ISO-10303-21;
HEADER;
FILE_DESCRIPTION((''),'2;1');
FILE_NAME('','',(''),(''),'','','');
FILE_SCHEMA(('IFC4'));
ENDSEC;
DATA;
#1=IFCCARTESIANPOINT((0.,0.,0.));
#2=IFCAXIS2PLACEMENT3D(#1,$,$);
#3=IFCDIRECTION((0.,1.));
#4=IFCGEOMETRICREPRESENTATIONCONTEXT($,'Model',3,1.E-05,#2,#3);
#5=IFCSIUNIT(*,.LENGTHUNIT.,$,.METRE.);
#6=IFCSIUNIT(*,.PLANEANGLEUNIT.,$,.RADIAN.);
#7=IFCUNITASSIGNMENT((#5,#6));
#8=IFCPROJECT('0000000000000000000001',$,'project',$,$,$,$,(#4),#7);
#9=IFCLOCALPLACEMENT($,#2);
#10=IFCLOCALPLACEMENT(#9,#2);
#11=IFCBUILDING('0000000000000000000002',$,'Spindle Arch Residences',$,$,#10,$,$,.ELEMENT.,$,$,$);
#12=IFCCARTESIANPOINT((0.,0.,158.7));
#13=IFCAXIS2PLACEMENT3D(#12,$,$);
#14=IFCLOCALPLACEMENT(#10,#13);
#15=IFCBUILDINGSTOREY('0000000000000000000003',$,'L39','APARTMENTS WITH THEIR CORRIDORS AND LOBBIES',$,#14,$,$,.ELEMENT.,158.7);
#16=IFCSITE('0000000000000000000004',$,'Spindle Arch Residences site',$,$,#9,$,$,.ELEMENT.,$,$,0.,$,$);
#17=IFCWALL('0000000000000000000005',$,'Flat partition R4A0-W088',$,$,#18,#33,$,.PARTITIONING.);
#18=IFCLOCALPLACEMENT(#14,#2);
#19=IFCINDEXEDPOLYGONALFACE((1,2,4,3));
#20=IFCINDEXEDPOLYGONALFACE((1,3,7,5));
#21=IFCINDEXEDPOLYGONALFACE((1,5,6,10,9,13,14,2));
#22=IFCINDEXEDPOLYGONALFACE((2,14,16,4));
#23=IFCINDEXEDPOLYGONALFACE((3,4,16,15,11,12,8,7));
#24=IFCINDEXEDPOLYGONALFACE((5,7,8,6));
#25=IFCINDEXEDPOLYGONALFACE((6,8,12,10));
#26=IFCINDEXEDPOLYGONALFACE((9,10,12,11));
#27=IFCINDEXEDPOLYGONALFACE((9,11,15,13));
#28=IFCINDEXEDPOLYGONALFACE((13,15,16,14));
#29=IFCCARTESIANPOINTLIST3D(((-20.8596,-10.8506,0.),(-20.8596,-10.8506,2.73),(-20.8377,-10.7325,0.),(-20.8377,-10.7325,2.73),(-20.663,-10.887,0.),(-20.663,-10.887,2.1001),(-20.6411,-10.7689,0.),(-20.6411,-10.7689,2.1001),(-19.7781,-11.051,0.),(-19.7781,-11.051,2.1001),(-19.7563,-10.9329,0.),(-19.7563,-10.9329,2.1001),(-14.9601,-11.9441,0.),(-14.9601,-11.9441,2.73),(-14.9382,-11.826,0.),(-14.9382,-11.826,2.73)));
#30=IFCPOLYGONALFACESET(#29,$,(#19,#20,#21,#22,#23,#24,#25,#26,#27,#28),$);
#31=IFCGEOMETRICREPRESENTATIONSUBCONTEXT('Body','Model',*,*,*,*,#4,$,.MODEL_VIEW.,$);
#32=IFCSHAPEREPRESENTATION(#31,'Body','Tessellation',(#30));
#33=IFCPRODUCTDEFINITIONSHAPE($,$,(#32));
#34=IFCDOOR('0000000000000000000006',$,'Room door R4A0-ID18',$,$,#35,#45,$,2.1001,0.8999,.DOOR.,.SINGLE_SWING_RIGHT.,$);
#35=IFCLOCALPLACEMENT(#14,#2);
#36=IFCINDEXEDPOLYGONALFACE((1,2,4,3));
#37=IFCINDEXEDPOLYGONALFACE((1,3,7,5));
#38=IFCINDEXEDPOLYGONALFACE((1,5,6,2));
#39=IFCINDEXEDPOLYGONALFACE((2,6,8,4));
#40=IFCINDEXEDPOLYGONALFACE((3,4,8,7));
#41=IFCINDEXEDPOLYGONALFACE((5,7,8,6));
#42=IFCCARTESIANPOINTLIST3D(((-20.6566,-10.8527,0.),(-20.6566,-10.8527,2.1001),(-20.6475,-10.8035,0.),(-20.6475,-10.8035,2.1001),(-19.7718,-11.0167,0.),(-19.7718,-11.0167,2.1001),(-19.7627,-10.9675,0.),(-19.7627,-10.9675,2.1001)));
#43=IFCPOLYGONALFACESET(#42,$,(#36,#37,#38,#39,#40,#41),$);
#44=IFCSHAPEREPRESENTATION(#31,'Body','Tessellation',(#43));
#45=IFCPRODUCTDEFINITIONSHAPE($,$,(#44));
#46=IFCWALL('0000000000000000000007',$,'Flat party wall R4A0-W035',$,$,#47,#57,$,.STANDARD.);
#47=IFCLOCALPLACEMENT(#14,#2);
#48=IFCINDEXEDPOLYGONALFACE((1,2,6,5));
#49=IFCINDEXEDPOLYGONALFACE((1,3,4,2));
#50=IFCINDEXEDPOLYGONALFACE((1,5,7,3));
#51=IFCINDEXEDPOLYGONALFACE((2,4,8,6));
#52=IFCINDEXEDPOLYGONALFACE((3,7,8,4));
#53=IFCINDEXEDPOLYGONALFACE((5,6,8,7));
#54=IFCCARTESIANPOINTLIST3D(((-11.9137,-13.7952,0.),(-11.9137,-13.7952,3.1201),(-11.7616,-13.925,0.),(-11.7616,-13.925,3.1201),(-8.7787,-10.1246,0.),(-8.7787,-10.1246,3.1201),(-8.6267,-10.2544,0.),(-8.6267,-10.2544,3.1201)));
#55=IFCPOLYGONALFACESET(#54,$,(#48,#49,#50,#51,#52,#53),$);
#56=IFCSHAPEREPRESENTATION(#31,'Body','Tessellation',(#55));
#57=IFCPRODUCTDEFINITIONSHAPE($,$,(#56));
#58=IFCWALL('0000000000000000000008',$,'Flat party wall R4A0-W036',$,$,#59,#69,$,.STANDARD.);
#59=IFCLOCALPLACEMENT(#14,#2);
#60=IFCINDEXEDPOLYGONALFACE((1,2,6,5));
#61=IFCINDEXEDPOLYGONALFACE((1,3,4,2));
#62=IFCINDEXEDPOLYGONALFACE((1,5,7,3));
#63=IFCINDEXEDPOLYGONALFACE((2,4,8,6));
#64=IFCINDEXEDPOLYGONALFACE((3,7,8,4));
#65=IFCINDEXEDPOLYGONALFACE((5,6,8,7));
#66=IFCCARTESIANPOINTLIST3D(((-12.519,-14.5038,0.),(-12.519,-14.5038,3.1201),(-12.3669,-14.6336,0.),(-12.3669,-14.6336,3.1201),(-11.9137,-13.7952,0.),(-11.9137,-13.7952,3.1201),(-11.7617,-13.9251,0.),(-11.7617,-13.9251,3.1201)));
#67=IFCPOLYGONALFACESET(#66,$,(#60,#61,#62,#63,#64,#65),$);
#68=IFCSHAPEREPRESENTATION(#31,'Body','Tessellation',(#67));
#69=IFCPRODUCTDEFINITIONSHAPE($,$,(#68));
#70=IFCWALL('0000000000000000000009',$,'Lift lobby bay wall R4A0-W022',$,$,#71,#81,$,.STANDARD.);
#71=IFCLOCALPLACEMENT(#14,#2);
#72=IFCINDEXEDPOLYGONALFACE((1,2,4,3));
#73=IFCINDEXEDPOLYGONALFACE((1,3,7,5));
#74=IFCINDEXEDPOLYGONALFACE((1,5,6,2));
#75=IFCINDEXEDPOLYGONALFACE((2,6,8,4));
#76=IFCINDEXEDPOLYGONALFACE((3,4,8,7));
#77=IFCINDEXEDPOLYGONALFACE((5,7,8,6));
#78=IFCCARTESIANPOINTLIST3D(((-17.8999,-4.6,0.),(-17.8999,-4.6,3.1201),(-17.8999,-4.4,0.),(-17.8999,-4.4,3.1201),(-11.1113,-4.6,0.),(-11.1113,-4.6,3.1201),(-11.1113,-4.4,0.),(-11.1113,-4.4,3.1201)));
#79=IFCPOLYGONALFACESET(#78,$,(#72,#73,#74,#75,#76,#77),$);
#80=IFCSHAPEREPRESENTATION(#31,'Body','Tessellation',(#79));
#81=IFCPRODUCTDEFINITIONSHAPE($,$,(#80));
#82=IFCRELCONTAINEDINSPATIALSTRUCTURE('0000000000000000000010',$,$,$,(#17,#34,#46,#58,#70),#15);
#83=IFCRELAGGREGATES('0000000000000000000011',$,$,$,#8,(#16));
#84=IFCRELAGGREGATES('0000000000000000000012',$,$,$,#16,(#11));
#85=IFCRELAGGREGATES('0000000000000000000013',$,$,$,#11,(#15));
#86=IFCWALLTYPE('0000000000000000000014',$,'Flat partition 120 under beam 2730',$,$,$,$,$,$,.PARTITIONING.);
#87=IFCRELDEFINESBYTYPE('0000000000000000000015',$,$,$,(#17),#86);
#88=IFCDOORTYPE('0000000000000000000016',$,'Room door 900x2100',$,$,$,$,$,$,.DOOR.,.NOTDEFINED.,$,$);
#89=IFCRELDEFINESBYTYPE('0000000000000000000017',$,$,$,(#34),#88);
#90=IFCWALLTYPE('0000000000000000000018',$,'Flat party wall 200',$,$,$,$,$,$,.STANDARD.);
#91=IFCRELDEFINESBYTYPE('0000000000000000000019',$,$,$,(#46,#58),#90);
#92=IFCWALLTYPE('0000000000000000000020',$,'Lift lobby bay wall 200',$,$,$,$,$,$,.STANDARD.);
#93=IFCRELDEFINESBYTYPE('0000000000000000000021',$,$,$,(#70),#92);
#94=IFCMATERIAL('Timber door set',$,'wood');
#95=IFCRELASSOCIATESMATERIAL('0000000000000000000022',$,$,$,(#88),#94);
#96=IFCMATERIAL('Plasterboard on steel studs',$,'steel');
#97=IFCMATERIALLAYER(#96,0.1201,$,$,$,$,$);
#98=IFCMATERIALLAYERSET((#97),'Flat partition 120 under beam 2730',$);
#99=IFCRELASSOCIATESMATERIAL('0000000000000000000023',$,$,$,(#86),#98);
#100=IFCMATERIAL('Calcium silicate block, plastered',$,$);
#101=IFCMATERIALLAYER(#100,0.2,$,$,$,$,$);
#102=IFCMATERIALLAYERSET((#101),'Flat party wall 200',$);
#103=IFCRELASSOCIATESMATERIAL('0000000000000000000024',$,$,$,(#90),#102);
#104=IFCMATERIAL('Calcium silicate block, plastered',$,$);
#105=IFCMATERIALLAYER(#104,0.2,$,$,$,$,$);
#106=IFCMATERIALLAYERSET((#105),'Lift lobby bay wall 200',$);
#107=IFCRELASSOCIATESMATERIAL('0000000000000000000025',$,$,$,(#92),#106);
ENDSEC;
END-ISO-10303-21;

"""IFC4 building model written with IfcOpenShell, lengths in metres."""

from ifc_helpers import new_model, si_unit, direction, frame, frame_2d, origin, place, context, subcontext, project, spatial, rectangle, extrude, material, layer, layer_set, type_object, element, fill, save


model = new_model("IFC4")

# Units and contexts
model_context = context("Model", 3, precision=1e-05, world=origin(), true_north=direction((0.0, 1.0)))
body_context = subcontext(model_context, "Body", "Model", "MODEL_VIEW")
ifc_project = project(units=[si_unit("LENGTHUNIT", "METRE"), si_unit("PLANEANGLEUNIT", "RADIAN")], contexts=[model_context])

# Site, building, storey
site_placement = place(None, origin())
site = spatial("IfcSite", under=ifc_project, at=site_placement, Name="Spindle Arch Residences site", CompositionType="ELEMENT", RefElevation=0.0)
building_placement = place(site_placement, origin())
building = spatial("IfcBuilding", under=site, at=building_placement, Name="Spindle Arch Residences", CompositionType="ELEMENT")
storey_placement = place(building_placement, frame((0.0, 0.0, 158.7)))
storey = spatial("IfcBuildingStorey", under=building, at=storey_placement, Name="L39", Description="APARTMENTS WITH THEIR CORRIDORS AND LOBBIES", CompositionType="ELEMENT", Elevation=158.7)

# Shared definitions
ifc_material_1 = material(Name="Timber door set", Category="wood")
door_type = type_object("IfcDoorType", Name="Room door 900x2100", OperationType="NOTDEFINED", PredefinedType="DOOR", material=ifc_material_1)

# Wall, opening, door
ifc_material_2 = material(Name="Plasterboard on steel studs", Category="steel")
ifc_layer_1 = layer(ifc_material_2, 0.1201)
ifc_layer_set_1 = layer_set([ifc_layer_1], Name="Flat partition 120 under beam 2730")
wall_type_1 = type_object("IfcWallType", Name="Flat partition 120 under beam 2730", PredefinedType="PARTITIONING", material=ifc_layer_set_1)
wall_1_placement = place(storey_placement, frame((-20.8486, -10.7915, 0.0), z_axis=(0.0, 0.0, 1.0), x_axis=(0.983252, -0.182254, 0.0)))
wall_1 = element("IfcWall", 1, at=wall_1_placement, inside=storey, type_object=wall_type_1, Name="Flat partition R4A0-W088", PredefinedType="PARTITIONING", context=body_context, shape_type="SweptSolid", body=[
    extrude(rectangle(XDim=6.0, YDim=0.1201, at=frame_2d((3.0, 0.0))), origin(), (0.0, 0.0, 1.0), 2.73),
])
opening_1_placement = place(wall_1_placement, frame((0.2, 0.0, 0.0)))
opening_1 = element("IfcOpeningElement", 2, at=opening_1_placement, cuts=wall_1, PredefinedType="OPENING", context=body_context, shape_type="SweptSolid", body=[
    extrude(rectangle(XDim=0.8999, YDim=2.1001, at=frame_2d((0.45, 1.05))), frame((0.0, 0.0701, 0.0), z_axis=(0.0, -1.0, 0.0), x_axis=(1.0, 0.0, 0.0)), (0.0, 0.0, 1.0), 0.1401),
])
door_1_placement = place(opening_1_placement, origin())
door_1 = element("IfcDoor", 3, at=door_1_placement, inside=storey, type_object=door_type, Name="Room door R4A0-ID18", OperationType="SINGLE_SWING_RIGHT", OverallHeight=2.1001, OverallWidth=0.8999, PredefinedType="DOOR", context=body_context, shape_type="SweptSolid", body=[
    extrude(rectangle(XDim=0.8999, YDim=2.1001, at=frame_2d((0.45, 1.05))), frame((0.0, 0.0249, 0.0), z_axis=(0.0, -1.0, 0.0), x_axis=(1.0, 0.0, 0.0)), (0.0, 0.0, 1.0), 0.05),
])
fill(opening_1, door_1)

# Walls
ifc_material_3 = material(Name="Calcium silicate block, plastered")
ifc_layer_2 = layer(ifc_material_3, 0.2)
ifc_layer_set_2 = layer_set([ifc_layer_2], Name="Flat party wall 200")
wall_type_2 = type_object("IfcWallType", Name="Flat party wall 200", PredefinedType="STANDARD", material=ifc_layer_set_2)
wall_2_placement = place(storey_placement, frame((-11.8376, -13.8601, 0.0), z_axis=(0.0, 0.0, 1.0), x_axis=(0.649445, 0.760409, 0.0)))
element("IfcWall", 4, at=wall_2_placement, inside=storey, type_object=wall_type_2, Name="Flat party wall R4A0-W035", PredefinedType="STANDARD", context=body_context, shape_type="SweptSolid", body=[
    extrude(rectangle(XDim=4.8271, YDim=0.2, at=frame_2d((2.4136, 0.0))), origin(), (0.0, 0.0, 1.0), 3.1201),
])
wall_3_placement = place(storey_placement, frame((-12.4429, -14.5686, 0.0), z_axis=(0.0, 0.0, 1.0), x_axis=(0.649517, 0.760347, 0.0)))
element("IfcWall", 5, at=wall_3_placement, inside=storey, type_object=wall_type_2, Name="Flat party wall R4A0-W036", PredefinedType="STANDARD", context=body_context, shape_type="SweptSolid", body=[
    extrude(rectangle(XDim=0.9319, YDim=0.2, at=frame_2d((0.4658, 0.0))), origin(), (0.0, 0.0, 1.0), 3.1201),
])
ifc_material_4 = material(Name="Calcium silicate block, plastered")
ifc_layer_3 = layer(ifc_material_4, 0.2)
ifc_layer_set_3 = layer_set([ifc_layer_3], Name="Lift lobby bay wall 200")
wall_type_3 = type_object("IfcWallType", Name="Lift lobby bay wall 200", PredefinedType="STANDARD", material=ifc_layer_set_3)
wall_4_placement = place(storey_placement, frame((-17.8999, -4.5, 0.0), z_axis=(0.0, 0.0, 1.0), x_axis=(1.0, 0.0, 0.0)))
element("IfcWall", 6, at=wall_4_placement, inside=storey, type_object=wall_type_3, Name="Lift lobby bay wall R4A0-W022", PredefinedType="STANDARD", context=body_context, shape_type="SweptSolid", body=[
    extrude(rectangle(XDim=6.7886, YDim=0.2, at=frame_2d((3.3943, 0.0))), origin(), (0.0, 0.0, 1.0), 3.1201),
])

save(model, "model.ifc")
